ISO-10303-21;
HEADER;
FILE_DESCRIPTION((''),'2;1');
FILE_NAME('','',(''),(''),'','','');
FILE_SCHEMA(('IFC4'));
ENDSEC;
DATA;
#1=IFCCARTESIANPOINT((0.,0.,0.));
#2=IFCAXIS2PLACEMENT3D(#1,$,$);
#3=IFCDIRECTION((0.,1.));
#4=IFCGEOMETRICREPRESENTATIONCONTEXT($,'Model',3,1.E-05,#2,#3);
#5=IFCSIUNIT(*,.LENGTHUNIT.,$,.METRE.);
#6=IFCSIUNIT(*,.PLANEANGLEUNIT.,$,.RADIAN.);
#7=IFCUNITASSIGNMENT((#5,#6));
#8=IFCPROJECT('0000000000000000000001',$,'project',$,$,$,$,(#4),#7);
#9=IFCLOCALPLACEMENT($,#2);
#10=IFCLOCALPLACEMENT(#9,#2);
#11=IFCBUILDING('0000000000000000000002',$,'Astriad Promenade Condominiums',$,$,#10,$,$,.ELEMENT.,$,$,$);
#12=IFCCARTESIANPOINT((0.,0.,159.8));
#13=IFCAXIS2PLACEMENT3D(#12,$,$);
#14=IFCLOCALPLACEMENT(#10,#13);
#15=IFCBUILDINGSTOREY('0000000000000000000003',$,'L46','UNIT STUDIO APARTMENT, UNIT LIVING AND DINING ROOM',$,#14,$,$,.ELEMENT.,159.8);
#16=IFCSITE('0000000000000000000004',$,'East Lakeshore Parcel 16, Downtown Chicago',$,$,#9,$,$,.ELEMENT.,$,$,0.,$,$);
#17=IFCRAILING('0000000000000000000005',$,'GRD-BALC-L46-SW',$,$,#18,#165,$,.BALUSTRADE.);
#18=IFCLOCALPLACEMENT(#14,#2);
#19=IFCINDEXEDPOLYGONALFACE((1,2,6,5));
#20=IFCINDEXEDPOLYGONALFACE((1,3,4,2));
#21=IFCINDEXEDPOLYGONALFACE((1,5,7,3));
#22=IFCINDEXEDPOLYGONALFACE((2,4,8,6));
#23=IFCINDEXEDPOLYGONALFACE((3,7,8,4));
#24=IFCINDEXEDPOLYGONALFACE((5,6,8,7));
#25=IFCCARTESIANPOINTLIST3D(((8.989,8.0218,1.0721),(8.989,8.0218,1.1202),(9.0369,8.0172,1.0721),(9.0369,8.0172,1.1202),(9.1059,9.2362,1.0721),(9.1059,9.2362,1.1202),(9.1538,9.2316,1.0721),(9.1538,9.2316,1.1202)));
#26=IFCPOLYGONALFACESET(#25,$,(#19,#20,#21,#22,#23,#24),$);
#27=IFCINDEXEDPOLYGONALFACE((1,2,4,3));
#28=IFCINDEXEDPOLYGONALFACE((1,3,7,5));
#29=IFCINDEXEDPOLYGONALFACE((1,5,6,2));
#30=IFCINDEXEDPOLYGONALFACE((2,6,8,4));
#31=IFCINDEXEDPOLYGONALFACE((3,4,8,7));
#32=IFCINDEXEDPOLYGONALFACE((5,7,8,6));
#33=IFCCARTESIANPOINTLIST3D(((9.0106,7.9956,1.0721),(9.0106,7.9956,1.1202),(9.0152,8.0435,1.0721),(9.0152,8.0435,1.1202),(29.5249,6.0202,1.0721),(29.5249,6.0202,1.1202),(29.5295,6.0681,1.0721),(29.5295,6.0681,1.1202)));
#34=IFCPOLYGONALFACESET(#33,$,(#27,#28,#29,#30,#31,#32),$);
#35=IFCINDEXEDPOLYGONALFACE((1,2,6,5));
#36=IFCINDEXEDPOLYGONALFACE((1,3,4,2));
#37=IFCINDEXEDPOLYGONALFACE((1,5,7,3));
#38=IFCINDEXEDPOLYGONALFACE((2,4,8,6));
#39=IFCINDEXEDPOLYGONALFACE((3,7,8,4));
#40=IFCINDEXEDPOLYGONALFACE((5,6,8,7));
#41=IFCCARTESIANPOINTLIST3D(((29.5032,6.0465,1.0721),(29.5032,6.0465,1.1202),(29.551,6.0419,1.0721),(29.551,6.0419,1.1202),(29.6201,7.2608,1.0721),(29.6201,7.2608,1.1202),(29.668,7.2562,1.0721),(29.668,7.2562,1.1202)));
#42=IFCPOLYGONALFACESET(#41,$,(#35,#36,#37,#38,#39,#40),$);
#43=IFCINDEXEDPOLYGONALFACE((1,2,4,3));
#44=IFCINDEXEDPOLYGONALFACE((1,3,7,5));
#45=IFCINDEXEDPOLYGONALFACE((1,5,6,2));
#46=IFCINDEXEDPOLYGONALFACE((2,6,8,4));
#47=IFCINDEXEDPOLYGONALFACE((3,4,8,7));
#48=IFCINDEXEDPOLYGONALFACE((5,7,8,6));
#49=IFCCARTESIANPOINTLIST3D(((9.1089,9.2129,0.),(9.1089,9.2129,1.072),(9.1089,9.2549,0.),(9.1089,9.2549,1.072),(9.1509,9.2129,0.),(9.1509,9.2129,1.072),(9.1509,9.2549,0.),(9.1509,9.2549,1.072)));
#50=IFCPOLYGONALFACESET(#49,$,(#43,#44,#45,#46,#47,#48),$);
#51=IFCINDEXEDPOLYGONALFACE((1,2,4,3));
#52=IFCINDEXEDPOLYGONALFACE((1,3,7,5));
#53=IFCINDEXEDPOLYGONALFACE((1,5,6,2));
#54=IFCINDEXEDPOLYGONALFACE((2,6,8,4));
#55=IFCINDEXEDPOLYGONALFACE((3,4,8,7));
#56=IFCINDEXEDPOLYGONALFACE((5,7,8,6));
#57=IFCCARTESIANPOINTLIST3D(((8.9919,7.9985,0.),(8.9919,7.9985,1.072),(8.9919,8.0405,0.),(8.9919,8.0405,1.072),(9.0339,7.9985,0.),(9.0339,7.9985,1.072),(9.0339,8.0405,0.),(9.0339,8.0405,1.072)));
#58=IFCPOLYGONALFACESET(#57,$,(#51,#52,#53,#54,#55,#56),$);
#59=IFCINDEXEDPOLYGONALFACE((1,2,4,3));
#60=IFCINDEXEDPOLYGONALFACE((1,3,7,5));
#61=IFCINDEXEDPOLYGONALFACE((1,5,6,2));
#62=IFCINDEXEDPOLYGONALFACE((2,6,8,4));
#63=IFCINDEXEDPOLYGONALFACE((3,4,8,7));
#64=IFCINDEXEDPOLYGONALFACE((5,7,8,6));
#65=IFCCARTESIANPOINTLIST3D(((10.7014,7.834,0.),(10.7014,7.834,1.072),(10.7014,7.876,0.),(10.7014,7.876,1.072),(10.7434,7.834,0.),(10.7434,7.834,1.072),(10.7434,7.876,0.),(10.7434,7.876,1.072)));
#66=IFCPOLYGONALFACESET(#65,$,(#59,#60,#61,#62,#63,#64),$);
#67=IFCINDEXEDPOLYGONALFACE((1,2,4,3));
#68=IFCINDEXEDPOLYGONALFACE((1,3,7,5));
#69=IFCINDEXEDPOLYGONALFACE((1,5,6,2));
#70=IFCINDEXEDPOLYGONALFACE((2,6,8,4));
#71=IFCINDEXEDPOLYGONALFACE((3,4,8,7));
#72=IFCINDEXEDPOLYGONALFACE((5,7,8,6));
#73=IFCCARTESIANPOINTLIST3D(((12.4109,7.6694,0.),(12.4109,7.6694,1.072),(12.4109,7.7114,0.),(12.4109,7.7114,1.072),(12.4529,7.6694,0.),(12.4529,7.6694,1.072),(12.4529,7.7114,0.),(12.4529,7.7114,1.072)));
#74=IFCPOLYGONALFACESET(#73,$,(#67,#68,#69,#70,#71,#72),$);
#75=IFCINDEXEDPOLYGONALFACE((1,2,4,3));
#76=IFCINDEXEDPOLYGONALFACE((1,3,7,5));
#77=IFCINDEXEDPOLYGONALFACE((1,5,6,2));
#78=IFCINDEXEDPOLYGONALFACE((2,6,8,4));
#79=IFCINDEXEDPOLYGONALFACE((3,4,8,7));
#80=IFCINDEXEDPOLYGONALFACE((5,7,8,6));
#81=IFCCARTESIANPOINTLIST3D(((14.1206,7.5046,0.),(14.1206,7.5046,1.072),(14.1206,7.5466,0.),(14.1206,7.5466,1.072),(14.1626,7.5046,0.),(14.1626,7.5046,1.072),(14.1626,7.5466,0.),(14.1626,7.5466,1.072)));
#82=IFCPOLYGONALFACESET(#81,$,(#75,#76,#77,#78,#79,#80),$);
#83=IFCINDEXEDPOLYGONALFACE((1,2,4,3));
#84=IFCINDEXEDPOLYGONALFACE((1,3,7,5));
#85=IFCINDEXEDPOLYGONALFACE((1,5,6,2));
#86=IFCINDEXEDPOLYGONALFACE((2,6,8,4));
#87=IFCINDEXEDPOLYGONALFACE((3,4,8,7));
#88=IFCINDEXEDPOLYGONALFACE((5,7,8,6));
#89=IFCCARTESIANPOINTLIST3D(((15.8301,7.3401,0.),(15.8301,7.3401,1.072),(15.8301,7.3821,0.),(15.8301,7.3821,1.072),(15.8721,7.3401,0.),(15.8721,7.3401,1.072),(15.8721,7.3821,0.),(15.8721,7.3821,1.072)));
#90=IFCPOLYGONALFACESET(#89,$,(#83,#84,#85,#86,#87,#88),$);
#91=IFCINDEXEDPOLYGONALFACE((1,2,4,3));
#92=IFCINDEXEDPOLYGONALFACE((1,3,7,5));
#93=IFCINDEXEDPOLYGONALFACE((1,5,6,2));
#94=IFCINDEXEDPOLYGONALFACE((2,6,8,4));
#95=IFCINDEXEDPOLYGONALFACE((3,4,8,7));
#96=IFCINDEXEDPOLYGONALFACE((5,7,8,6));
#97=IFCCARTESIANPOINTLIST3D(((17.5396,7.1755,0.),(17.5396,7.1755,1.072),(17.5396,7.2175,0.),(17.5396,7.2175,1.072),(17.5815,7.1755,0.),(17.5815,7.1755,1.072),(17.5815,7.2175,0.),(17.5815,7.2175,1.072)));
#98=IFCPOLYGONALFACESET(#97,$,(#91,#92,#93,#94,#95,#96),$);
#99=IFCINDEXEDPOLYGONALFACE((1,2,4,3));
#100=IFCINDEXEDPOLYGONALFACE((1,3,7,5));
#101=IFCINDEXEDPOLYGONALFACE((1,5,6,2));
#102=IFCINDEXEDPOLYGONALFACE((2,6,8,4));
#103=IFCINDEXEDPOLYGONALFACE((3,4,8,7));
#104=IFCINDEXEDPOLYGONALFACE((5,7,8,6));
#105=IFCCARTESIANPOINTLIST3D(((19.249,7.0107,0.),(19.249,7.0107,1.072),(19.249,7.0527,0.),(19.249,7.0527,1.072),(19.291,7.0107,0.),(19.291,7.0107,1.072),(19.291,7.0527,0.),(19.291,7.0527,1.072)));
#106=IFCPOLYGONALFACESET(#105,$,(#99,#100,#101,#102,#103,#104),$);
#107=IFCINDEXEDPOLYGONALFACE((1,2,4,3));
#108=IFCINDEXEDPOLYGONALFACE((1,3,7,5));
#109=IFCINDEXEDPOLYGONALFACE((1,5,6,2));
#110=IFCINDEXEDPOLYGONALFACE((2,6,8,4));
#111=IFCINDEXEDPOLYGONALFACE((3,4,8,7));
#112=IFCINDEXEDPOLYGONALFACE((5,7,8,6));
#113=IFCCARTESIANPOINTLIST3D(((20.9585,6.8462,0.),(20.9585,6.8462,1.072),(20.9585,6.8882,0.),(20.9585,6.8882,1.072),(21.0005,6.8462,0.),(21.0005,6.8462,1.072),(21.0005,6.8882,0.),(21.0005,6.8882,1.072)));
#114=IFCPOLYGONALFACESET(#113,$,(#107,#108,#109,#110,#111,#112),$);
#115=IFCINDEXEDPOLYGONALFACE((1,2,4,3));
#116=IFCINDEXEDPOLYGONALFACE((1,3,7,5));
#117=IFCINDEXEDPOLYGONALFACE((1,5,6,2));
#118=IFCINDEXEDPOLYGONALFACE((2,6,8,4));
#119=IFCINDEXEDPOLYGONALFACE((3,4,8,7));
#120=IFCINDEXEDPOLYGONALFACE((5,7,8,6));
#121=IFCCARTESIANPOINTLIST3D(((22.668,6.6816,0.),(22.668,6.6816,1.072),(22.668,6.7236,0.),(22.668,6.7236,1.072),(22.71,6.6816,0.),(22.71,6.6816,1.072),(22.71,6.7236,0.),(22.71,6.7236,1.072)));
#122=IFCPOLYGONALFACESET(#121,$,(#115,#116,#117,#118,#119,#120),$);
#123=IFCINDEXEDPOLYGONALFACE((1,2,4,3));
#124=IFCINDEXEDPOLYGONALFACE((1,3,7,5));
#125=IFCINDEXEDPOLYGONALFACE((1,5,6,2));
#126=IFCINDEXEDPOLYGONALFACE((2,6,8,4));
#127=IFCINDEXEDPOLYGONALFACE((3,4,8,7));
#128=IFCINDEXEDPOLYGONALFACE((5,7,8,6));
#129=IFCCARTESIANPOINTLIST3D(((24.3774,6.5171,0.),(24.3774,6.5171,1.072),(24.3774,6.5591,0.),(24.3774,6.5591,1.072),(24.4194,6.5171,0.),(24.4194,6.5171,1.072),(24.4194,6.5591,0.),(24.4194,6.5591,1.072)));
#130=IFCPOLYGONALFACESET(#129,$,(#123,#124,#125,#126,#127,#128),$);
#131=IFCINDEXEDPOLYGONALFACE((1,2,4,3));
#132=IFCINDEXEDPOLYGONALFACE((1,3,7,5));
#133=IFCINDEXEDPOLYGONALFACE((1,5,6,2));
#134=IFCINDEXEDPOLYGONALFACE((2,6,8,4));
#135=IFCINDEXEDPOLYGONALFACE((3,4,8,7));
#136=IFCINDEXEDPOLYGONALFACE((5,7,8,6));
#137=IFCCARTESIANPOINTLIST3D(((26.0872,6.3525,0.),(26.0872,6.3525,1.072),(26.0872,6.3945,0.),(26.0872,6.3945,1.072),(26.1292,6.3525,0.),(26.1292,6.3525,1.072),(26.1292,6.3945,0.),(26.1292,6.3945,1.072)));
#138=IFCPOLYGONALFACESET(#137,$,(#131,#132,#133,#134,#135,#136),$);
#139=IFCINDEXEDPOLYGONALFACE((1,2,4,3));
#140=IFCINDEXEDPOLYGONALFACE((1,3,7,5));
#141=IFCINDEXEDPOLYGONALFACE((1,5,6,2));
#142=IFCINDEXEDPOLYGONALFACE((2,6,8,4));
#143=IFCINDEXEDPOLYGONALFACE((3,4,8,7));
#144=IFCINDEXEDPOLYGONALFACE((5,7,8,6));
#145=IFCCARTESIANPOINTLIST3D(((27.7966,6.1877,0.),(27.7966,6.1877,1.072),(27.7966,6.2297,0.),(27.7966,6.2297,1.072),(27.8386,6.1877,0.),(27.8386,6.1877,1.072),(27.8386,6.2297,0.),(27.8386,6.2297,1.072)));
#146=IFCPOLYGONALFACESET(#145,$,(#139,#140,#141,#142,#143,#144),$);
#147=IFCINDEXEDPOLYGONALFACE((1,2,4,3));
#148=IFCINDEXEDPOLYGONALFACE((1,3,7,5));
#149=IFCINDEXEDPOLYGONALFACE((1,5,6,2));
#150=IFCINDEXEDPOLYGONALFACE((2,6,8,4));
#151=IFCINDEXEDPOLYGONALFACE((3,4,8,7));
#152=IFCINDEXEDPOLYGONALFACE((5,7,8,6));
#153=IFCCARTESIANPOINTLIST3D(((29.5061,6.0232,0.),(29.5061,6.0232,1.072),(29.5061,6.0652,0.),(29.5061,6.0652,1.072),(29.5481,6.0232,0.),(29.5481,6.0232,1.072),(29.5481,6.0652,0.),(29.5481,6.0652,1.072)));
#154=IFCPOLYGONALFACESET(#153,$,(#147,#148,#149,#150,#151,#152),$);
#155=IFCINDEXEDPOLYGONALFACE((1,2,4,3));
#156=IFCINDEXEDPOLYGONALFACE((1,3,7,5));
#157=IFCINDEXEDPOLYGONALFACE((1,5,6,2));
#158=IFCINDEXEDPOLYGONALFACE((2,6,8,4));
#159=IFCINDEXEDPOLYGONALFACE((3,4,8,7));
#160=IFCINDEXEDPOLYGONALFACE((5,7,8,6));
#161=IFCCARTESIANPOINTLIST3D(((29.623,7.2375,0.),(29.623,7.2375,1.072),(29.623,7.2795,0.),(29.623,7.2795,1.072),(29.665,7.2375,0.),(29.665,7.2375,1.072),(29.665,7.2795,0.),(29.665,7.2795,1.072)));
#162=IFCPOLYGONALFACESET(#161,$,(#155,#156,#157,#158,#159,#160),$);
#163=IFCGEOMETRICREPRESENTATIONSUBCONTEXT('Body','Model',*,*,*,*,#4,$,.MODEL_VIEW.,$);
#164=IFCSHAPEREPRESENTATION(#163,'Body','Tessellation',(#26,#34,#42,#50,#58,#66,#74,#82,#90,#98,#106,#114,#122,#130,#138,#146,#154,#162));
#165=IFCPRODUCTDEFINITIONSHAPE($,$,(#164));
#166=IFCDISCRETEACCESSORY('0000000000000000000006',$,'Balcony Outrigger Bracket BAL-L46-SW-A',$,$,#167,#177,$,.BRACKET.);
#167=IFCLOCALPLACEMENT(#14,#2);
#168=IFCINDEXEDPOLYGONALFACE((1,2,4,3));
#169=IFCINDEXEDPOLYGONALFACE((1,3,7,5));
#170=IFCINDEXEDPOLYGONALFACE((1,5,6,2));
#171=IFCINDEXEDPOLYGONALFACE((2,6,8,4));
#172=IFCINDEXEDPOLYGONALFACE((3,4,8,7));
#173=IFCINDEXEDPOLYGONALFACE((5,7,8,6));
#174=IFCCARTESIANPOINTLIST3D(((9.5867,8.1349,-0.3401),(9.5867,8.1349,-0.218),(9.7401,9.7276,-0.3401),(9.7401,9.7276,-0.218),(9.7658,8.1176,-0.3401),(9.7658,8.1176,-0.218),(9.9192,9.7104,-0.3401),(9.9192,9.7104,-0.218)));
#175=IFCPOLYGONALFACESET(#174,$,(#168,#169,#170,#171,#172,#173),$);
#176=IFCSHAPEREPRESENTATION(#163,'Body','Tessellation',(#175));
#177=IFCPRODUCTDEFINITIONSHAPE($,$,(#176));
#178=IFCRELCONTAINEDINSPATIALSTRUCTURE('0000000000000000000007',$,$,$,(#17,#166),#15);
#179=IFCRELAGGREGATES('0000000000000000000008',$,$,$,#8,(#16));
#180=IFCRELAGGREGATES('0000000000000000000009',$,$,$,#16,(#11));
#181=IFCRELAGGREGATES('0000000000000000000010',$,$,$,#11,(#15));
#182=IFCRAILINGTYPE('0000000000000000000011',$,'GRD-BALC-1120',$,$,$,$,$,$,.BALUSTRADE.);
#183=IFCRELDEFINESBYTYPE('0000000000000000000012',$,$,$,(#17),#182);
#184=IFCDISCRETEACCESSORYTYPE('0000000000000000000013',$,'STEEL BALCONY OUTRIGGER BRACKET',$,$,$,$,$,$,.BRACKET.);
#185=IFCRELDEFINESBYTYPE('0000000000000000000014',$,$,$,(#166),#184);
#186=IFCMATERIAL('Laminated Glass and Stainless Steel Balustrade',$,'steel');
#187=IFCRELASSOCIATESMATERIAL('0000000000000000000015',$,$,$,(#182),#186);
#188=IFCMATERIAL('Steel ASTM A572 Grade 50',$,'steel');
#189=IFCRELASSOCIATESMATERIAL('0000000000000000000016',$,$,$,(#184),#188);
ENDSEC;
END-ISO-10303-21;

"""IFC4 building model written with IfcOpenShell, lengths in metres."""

from ifc_helpers import new_model, si_unit, direction, frame, origin, origin_2d, place, context, subcontext, project, spatial, rectangle, extrude, source, transform, mapped, material, type_object, type_shapes, element, save


model = new_model("IFC4")

# Units and contexts
model_context = context("Model", 3, precision=1e-05, world=origin(), true_north=direction((0.0, 1.0)))
body_context = subcontext(model_context, "Body", "Model", "MODEL_VIEW")
ifc_project = project(units=[si_unit("LENGTHUNIT", "METRE"), si_unit("PLANEANGLEUNIT", "RADIAN")], contexts=[model_context])

# Site, building, storey
site_placement = place(None, origin())
site = spatial("IfcSite", under=ifc_project, at=site_placement, Name="East Lakeshore Parcel 16, Downtown Chicago", CompositionType="ELEMENT", RefElevation=0.0)
building_placement = place(site_placement, origin())
building = spatial("IfcBuilding", under=site, at=building_placement, Name="Astriad Promenade Condominiums", CompositionType="ELEMENT")
storey_placement = place(building_placement, frame((0.0, 0.0, 159.8)))
storey = spatial("IfcBuildingStorey", under=building, at=storey_placement, Name="L46", Description="UNIT STUDIO APARTMENT, UNIT LIVING AND DINING ROOM", CompositionType="ELEMENT", Elevation=159.8)

# Railing
ifc_material_1 = material(Name="Laminated Glass and Stainless Steel Balustrade", Category="steel")
railing_type = type_object("IfcRailingType", Name="GRD-BALC-1120", PredefinedType="BALUSTRADE", material=ifc_material_1)
shared_shape_1 = source(origin(), body_context, "Body", "SweptSolid", [
    extrude(rectangle(XDim=0.0481, YDim=0.0481, at=origin_2d()), frame((0.0, 0.0, 1.0962), z_axis=(-0.095857, -0.995395, 0.0), x_axis=(0.995395, -0.095857, 0.0)), (0.0, 0.0, 1.0), 1.22),
    extrude(rectangle(XDim=0.0481, YDim=0.0481, at=origin_2d()), frame((-0.1169, -1.2144, 1.0962), z_axis=(0.995396, -0.095848, 0.0), x_axis=(0.095848, 0.995396, 0.0)), (0.0, 0.0, 1.0), 20.6091),
    extrude(rectangle(XDim=0.0481, YDim=0.0481, at=origin_2d()), frame((20.3972, -3.1897, 1.0962), z_axis=(0.095857, 0.995395, 0.0), x_axis=(-0.995395, 0.095857, 0.0)), (0.0, 0.0, 1.0), 1.22),
    extrude(rectangle(XDim=0.042, YDim=0.042, at=origin_2d()), origin(), (0.0, 0.0, 1.0), 1.072),
    extrude(rectangle(XDim=0.042, YDim=0.042, at=origin_2d()), frame((-0.1169, -1.2144, 0.0)), (0.0, 0.0, 1.0), 1.072),
    extrude(rectangle(XDim=0.042, YDim=0.042, at=origin_2d()), frame((1.5925, -1.3789, 0.0)), (0.0, 0.0, 1.0), 1.072),
    extrude(rectangle(XDim=0.042, YDim=0.042, at=origin_2d()), frame((3.302, -1.5435, 0.0)), (0.0, 0.0, 1.0), 1.072),
    extrude(rectangle(XDim=0.042, YDim=0.042, at=origin_2d()), frame((5.0117, -1.7083, 0.0)), (0.0, 0.0, 1.0), 1.072),
    extrude(rectangle(XDim=0.042, YDim=0.042, at=origin_2d()), frame((6.7212, -1.8728, 0.0)), (0.0, 0.0, 1.0), 1.072),
    extrude(rectangle(XDim=0.042, YDim=0.042, at=origin_2d()), frame((8.4307, -2.0374, 0.0)), (0.0, 0.0, 1.0), 1.072),
    extrude(rectangle(XDim=0.042, YDim=0.042, at=origin_2d()), frame((10.1401, -2.2021, 0.0)), (0.0, 0.0, 1.0), 1.072),
    extrude(rectangle(XDim=0.042, YDim=0.042, at=origin_2d()), frame((11.8496, -2.3667, 0.0)), (0.0, 0.0, 1.0), 1.072),
    extrude(rectangle(XDim=0.042, YDim=0.042, at=origin_2d()), frame((13.5591, -2.5312, 0.0)), (0.0, 0.0, 1.0), 1.072),
    extrude(rectangle(XDim=0.042, YDim=0.042, at=origin_2d()), frame((15.2686, -2.6958, 0.0)), (0.0, 0.0, 1.0), 1.072),
    extrude(rectangle(XDim=0.042, YDim=0.042, at=origin_2d()), frame((16.9783, -2.8604, 0.0)), (0.0, 0.0, 1.0), 1.072),
    extrude(rectangle(XDim=0.042, YDim=0.042, at=origin_2d()), frame((18.6877, -3.0251, 0.0)), (0.0, 0.0, 1.0), 1.072),
    extrude(rectangle(XDim=0.042, YDim=0.042, at=origin_2d()), frame((20.3972, -3.1897, 0.0)), (0.0, 0.0, 1.0), 1.072),
    extrude(rectangle(XDim=0.042, YDim=0.042, at=origin_2d()), frame((20.5142, -1.9753, 0.0)), (0.0, 0.0, 1.0), 1.072),
])
type_shapes(railing_type, [shared_shape_1])
railing_placement = place(storey_placement, frame((9.1299, 9.2339, 0.0)))
element("IfcRailing", 1, at=railing_placement, inside=storey, type_object=railing_type, Name="GRD-BALC-L46-SW", PredefinedType="BALUSTRADE", context=body_context, shape_type="MappedRepresentation", body=[
    mapped(shared_shape_1, transform((0.0, 0.0, 0.0), scale=1.0)),
])

# Discrete accessory
ifc_material_2 = material(Name="Steel ASTM A572 Grade 50", Category="steel")
discrete_accessory_type = type_object("IfcDiscreteAccessoryType", Name="STEEL BALCONY OUTRIGGER BRACKET", PredefinedType="BRACKET", material=ifc_material_2)
shared_shape_2 = source(origin(), body_context, "Body", "SweptSolid", [
    extrude(rectangle(XDim=1.6001, YDim=0.1799, at=origin_2d()), origin(), (0.0, 0.0, 1.0), 0.1221),
])
type_shapes(discrete_accessory_type, [shared_shape_2])
discrete_accessory_placement = place(storey_placement, frame((9.7529, 8.9226, -0.3401), z_axis=(0.0, 0.0, 1.0), x_axis=(-0.095846, -0.995396, 0.0)))
element("IfcDiscreteAccessory", 2, at=discrete_accessory_placement, inside=storey, type_object=discrete_accessory_type, Name="Balcony Outrigger Bracket BAL-L46-SW-A", PredefinedType="BRACKET", context=body_context, shape_type="MappedRepresentation", body=[
    mapped(shared_shape_2, transform((0.0, 0.0, 0.0), scale=1.0)),
])

save(model, "model.ifc")
